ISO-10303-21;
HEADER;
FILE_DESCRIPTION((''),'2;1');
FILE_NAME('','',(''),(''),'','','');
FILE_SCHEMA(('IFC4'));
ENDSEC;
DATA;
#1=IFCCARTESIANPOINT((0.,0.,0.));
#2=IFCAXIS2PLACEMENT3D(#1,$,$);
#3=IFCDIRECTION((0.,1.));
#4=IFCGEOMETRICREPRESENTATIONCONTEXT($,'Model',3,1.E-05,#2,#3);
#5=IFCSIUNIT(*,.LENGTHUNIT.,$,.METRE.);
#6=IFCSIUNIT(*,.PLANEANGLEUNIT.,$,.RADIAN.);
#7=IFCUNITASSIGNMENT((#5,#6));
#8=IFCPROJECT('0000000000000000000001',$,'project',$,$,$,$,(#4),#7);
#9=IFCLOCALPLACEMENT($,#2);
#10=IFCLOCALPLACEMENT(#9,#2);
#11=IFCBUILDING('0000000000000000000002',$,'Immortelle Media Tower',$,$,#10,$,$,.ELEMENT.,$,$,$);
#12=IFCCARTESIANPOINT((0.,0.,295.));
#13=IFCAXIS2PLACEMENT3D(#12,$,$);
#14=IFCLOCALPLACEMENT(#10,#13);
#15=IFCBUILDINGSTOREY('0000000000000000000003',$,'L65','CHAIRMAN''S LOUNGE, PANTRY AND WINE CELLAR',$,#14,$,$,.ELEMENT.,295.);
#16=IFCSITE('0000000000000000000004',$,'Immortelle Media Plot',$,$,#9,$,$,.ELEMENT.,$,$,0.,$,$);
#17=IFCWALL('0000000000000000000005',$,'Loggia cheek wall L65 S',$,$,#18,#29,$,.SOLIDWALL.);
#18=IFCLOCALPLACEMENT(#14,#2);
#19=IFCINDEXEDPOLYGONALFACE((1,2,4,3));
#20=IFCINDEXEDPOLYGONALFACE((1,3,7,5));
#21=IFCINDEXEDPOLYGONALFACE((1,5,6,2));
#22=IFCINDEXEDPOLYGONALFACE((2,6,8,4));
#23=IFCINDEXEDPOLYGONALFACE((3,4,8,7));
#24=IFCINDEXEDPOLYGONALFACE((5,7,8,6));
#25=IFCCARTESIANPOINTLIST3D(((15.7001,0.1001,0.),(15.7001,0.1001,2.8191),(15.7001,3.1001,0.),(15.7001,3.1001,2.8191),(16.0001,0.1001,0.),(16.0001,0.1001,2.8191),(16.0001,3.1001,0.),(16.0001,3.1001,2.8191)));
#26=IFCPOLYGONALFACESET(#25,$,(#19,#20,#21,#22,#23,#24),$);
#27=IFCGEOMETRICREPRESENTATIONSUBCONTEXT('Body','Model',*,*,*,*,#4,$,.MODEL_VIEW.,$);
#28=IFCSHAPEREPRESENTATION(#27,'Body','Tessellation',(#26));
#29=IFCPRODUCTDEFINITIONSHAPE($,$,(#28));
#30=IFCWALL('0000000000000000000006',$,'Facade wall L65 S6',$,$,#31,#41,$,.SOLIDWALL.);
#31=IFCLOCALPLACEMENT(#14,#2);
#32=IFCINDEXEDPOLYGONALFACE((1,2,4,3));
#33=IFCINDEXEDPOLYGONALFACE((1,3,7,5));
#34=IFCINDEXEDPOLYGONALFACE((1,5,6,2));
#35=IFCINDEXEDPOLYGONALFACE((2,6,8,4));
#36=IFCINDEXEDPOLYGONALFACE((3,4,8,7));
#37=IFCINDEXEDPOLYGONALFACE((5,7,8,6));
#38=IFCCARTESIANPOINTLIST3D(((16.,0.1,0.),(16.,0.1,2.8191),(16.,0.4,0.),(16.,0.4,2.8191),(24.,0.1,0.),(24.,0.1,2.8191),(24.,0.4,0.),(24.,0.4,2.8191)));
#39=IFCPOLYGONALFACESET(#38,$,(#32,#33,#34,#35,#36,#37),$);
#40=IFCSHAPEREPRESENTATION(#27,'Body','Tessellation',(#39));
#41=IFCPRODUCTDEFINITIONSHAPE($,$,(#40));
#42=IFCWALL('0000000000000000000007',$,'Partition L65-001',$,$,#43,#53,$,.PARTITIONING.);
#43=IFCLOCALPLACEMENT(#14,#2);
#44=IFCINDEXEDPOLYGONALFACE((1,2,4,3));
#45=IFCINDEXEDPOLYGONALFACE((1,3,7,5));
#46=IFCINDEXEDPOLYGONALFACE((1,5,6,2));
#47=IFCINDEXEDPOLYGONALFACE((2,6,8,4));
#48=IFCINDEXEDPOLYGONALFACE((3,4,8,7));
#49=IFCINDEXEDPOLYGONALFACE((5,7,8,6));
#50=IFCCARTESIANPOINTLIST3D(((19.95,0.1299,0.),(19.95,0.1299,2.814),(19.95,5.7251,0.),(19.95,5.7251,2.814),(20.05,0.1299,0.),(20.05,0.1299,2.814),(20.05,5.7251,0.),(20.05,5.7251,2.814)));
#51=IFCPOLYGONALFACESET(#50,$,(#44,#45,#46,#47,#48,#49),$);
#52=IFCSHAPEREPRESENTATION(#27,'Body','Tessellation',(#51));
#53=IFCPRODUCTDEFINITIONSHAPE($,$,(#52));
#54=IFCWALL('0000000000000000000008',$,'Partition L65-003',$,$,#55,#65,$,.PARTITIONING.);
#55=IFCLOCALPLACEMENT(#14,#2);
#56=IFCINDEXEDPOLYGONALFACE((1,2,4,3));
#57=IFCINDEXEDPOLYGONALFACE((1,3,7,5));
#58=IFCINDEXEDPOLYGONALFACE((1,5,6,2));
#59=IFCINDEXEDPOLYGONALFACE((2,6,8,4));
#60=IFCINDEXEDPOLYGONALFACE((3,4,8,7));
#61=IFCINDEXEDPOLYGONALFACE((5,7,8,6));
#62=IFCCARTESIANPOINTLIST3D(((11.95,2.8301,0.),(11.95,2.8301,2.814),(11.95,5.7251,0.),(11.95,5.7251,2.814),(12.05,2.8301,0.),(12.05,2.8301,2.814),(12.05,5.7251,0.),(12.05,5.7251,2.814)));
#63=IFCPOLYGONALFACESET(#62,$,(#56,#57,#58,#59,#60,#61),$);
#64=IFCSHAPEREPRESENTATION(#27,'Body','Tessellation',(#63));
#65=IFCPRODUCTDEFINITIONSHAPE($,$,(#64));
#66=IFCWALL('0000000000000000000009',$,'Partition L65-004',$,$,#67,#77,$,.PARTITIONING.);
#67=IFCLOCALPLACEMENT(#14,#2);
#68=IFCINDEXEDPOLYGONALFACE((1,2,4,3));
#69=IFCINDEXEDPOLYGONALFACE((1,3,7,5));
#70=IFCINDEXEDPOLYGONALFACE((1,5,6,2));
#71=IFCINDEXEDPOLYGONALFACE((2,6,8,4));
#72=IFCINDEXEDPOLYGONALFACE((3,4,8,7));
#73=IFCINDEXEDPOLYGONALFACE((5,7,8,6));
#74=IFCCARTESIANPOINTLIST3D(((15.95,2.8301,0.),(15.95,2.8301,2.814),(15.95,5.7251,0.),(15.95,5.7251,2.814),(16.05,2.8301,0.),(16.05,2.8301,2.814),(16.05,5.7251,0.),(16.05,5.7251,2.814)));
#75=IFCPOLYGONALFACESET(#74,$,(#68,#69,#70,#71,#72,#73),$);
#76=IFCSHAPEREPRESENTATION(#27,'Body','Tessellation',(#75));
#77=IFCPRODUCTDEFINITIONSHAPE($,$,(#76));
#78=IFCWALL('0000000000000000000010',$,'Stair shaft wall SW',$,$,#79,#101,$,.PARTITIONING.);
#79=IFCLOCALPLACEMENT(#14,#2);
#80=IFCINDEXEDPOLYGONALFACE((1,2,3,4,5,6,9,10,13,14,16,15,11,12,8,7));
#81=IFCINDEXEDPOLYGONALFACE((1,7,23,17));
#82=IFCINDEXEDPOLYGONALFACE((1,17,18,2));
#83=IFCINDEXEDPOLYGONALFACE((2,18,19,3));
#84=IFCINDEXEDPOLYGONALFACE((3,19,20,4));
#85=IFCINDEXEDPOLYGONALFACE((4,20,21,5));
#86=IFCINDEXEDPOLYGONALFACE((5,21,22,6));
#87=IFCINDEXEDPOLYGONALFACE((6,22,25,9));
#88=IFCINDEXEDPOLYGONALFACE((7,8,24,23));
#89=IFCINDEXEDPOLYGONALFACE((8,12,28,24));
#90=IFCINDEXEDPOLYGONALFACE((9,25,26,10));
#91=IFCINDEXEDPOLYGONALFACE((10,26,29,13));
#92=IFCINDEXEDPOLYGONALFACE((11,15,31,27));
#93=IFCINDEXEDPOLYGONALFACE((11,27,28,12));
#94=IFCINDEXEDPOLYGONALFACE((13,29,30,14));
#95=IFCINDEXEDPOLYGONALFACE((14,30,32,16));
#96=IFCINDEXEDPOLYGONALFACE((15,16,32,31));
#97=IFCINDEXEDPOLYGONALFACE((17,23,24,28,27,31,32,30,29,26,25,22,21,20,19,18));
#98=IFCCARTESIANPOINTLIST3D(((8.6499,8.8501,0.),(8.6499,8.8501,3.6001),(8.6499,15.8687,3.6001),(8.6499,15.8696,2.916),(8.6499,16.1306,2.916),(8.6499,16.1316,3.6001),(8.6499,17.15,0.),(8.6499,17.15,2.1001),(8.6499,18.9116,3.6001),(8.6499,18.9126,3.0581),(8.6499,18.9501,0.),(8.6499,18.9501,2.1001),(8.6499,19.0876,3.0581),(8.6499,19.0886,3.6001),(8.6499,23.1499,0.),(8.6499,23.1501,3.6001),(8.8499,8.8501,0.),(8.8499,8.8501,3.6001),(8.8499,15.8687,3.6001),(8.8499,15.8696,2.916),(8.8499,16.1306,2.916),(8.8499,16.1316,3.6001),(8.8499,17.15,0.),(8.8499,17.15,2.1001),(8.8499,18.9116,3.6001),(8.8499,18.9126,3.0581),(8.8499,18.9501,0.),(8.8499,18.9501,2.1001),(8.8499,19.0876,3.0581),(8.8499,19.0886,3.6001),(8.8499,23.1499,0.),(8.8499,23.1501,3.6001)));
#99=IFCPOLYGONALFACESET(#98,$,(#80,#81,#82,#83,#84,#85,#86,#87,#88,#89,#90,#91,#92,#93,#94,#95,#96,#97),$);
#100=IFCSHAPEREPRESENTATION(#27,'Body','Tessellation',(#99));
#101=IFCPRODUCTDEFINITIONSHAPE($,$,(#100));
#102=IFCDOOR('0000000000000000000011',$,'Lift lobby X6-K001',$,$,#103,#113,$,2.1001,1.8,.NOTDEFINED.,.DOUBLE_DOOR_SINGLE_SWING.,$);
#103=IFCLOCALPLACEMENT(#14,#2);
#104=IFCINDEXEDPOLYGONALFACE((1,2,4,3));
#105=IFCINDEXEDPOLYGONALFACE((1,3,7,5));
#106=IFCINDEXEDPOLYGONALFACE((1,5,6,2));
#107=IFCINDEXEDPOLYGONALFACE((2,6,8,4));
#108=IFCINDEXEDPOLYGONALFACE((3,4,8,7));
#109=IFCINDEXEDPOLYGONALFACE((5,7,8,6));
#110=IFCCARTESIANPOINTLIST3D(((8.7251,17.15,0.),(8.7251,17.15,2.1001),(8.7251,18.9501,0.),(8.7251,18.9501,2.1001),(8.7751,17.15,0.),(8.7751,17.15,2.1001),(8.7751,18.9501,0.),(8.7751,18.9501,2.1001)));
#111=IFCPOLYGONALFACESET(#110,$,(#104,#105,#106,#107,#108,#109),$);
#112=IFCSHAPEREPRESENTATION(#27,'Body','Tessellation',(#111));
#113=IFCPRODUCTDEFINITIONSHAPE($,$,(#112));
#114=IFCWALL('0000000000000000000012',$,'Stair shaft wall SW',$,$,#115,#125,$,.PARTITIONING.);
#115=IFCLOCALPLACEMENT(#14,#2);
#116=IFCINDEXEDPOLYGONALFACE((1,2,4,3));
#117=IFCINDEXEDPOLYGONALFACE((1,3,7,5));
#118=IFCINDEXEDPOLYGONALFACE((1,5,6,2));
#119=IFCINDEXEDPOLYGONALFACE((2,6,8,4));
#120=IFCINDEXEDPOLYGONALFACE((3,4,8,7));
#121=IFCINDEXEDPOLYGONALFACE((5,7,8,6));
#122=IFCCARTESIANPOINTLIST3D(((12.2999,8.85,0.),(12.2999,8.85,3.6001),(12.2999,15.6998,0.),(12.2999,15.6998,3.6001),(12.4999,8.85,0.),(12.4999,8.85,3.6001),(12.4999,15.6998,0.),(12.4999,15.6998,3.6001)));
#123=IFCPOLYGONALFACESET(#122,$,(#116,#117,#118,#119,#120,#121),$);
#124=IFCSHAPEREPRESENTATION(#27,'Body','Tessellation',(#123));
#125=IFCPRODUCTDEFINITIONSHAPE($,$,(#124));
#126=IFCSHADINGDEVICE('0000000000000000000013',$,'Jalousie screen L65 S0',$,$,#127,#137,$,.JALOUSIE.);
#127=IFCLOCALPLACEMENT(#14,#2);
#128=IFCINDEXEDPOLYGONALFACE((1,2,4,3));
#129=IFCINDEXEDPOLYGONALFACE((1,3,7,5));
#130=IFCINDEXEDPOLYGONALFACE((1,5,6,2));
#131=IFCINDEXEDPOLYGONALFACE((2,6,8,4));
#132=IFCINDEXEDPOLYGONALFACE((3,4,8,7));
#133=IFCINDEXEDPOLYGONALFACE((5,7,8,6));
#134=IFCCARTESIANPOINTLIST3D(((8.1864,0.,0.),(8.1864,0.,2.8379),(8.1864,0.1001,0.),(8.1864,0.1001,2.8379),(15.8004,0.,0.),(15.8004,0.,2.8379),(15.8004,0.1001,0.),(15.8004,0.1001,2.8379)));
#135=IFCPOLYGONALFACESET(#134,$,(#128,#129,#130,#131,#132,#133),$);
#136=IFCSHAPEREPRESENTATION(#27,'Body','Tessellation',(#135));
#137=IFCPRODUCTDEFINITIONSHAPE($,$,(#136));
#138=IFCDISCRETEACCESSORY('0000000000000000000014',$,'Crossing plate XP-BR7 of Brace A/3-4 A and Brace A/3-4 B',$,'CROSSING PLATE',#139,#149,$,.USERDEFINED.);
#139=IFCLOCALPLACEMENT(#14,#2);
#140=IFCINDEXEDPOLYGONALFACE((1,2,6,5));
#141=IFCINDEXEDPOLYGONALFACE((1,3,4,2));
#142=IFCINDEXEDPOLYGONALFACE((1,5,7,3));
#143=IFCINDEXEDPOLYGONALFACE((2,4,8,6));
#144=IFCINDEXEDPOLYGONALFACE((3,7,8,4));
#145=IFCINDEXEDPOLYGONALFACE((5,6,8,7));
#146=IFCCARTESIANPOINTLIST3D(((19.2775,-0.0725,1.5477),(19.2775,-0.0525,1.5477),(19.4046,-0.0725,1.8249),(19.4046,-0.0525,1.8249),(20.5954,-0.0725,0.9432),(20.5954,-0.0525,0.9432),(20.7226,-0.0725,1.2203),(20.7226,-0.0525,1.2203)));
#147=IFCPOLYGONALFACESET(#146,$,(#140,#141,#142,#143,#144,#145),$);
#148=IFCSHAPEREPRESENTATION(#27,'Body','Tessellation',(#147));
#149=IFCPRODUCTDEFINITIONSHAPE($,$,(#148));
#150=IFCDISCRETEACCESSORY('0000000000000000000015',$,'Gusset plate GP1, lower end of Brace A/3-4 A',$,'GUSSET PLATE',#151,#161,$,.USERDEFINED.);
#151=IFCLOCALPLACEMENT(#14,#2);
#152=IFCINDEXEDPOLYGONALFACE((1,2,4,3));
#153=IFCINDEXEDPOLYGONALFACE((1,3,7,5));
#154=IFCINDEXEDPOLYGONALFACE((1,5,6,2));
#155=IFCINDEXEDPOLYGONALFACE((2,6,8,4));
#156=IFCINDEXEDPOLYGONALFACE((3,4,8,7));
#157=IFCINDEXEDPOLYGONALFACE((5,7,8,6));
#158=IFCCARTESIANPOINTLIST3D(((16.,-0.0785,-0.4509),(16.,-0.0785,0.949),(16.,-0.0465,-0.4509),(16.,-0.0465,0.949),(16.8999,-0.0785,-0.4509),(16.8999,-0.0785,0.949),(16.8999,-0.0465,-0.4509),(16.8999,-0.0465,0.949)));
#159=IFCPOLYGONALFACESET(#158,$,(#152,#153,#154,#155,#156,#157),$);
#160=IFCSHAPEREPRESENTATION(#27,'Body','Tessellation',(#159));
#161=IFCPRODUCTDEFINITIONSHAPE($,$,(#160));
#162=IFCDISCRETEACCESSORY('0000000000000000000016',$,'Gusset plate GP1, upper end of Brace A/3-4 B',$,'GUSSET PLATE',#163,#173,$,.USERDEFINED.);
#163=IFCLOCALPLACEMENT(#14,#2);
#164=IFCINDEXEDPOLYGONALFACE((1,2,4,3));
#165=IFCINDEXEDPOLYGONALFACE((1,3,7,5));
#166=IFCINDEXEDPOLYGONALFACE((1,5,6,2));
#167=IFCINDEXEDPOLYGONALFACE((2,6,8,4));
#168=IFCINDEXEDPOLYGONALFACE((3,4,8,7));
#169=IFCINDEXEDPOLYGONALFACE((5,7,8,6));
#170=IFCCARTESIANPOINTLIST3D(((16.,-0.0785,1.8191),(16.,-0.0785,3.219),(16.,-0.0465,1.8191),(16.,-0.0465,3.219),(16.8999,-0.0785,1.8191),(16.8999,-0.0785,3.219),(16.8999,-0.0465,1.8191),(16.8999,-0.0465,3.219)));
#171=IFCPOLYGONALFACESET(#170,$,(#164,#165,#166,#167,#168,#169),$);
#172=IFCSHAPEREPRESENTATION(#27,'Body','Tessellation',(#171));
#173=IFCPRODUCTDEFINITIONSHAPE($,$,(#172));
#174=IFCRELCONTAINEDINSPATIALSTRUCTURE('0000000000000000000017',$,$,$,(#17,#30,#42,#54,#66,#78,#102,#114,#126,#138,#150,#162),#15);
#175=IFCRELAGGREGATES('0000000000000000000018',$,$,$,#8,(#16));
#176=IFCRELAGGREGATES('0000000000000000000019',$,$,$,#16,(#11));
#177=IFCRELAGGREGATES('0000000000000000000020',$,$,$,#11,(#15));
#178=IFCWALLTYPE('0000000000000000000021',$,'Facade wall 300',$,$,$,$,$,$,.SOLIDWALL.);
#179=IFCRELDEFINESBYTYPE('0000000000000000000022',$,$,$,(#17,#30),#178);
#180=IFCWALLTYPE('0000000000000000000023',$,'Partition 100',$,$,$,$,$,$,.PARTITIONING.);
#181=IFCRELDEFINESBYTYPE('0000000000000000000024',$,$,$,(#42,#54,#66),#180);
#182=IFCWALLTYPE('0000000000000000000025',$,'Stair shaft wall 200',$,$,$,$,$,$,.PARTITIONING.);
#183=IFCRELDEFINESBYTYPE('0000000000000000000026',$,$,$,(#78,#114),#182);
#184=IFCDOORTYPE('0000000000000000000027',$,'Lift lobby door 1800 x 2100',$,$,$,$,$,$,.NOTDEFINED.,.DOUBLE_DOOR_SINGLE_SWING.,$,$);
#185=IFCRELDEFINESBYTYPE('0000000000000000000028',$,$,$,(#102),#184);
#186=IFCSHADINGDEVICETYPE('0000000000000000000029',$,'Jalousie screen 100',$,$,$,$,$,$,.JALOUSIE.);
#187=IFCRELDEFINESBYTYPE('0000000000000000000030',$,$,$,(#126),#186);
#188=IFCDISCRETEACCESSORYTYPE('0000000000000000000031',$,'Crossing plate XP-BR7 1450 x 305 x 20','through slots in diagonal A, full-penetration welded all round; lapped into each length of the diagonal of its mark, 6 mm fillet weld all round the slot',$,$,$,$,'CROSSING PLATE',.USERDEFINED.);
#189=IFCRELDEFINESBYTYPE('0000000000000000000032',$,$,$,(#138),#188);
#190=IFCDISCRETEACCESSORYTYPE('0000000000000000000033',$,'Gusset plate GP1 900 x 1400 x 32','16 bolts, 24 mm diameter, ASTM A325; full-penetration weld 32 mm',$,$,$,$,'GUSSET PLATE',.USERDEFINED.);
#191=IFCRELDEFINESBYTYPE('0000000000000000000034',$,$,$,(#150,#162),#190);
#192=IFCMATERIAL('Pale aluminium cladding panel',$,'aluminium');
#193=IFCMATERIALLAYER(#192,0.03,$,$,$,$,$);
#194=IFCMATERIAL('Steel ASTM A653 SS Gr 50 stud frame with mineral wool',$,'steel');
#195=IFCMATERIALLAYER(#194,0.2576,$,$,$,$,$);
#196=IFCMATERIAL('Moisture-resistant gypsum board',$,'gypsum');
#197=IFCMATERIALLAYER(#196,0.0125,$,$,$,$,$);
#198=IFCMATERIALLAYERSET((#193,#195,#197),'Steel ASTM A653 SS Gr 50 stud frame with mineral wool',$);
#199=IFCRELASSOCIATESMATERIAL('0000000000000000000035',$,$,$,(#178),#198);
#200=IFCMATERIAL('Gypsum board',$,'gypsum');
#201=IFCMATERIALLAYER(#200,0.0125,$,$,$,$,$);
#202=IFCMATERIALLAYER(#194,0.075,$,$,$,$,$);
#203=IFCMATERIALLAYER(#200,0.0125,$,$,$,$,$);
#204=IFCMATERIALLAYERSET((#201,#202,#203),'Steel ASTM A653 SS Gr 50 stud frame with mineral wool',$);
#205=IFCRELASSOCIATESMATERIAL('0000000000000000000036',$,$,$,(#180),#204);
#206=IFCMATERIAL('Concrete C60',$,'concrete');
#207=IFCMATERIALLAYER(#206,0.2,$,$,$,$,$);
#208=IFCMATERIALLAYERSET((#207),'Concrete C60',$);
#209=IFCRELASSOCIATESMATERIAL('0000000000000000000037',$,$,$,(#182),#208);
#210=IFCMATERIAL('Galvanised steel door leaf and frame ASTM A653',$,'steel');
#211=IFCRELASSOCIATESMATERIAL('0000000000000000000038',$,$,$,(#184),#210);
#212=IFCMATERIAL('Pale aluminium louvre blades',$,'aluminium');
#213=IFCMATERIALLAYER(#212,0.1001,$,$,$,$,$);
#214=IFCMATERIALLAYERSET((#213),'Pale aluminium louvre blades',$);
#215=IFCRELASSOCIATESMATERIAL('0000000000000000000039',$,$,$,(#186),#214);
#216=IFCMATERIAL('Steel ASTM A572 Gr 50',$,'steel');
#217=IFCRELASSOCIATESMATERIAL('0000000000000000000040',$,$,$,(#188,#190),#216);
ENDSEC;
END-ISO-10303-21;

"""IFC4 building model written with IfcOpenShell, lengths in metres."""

from ifc_helpers import new_model, si_unit, direction, frame, frame_2d, origin, origin_2d, place, context, subcontext, project, spatial, polyline, rectangle, outline, extrude, material, layer, layer_set, material_profile, profile_set, type_object, element, fill, save


model = new_model("IFC4")

# Units and contexts
model_context = context("Model", 3, precision=1e-05, world=origin(), true_north=direction((0.0, 1.0)))
body_context = subcontext(model_context, "Body", "Model", "MODEL_VIEW")
ifc_project = project(units=[si_unit("LENGTHUNIT", "METRE"), si_unit("PLANEANGLEUNIT", "RADIAN")], contexts=[model_context])

# Site, building, storey
site_placement = place(None, origin())
site = spatial("IfcSite", under=ifc_project, at=site_placement, Name="Immortelle Media Plot", CompositionType="ELEMENT", RefElevation=0.0)
building_placement = place(site_placement, origin())
building = spatial("IfcBuilding", under=site, at=building_placement, Name="Immortelle Media Tower", CompositionType="ELEMENT")
storey_placement = place(building_placement, frame((0.0, 0.0, 295.0)))
storey = spatial("IfcBuildingStorey", under=building, at=storey_placement, Name="L65", Description="CHAIRMAN'S LOUNGE, PANTRY AND WINE CELLAR", CompositionType="ELEMENT", Elevation=295.0)

# Walls
ifc_material_1 = material(Name="Pale aluminium cladding panel", Category="aluminium")
ifc_layer_1 = layer(ifc_material_1, 0.03)
ifc_material_2 = material(Name="Steel ASTM A653 SS Gr 50 stud frame with mineral wool", Category="steel")
ifc_layer_2 = layer(ifc_material_2, 0.2576)
ifc_material_3 = material(Name="Moisture-resistant gypsum board", Category="gypsum")
ifc_layer_3 = layer(ifc_material_3, 0.0125)
ifc_layer_set_1 = layer_set([ifc_layer_1, ifc_layer_2, ifc_layer_3], Name="Steel ASTM A653 SS Gr 50 stud frame with mineral wool")
wall_type_1 = type_object("IfcWallType", Name="Facade wall 300", PredefinedType="SOLIDWALL", material=ifc_layer_set_1)
wall_1_placement = place(storey_placement, frame((15.8501, 0.1001, 0.0), z_axis=(0.0, 0.0, 1.0), x_axis=(0.0, 1.0, 0.0)))
element("IfcWall", 1, at=wall_1_placement, inside=storey, type_object=wall_type_1, Name="Loggia cheek wall L65 S", PredefinedType="SOLIDWALL", context=body_context, shape_type="SweptSolid", body=[
    extrude(rectangle(XDim=3.0, YDim=0.3, at=frame_2d((1.5, 0.0))), origin(), (0.0, 0.0, 1.0), 2.8191),
])
wall_2_placement = place(storey_placement, frame((16.0, 0.25, 0.0), z_axis=(0.0, 0.0, 1.0), x_axis=(1.0, 0.0, 0.0)))
element("IfcWall", 2, at=wall_2_placement, inside=storey, type_object=wall_type_1, Name="Facade wall L65 S6", PredefinedType="SOLIDWALL", context=body_context, shape_type="SweptSolid", body=[
    extrude(rectangle(XDim=8.0, YDim=0.3, at=frame_2d((4.0, 0.0))), origin(), (0.0, 0.0, 1.0), 2.8191),
])
ifc_material_4 = material(Name="Gypsum board", Category="gypsum")
ifc_layer_4 = layer(ifc_material_4, 0.0125)
ifc_layer_5 = layer(ifc_material_2, 0.075)
ifc_layer_6 = layer(ifc_material_4, 0.0125)
ifc_layer_set_2 = layer_set([ifc_layer_4, ifc_layer_5, ifc_layer_6], Name="Steel ASTM A653 SS Gr 50 stud frame with mineral wool")
wall_type_2 = type_object("IfcWallType", Name="Partition 100", PredefinedType="PARTITIONING", material=ifc_layer_set_2)
wall_3_placement = place(storey_placement, frame((20.0, 0.1299, 0.0), z_axis=(0.0, 0.0, 1.0), x_axis=(0.0, 1.0, 0.0)))
element("IfcWall", 3, at=wall_3_placement, inside=storey, type_object=wall_type_2, Name="Partition L65-001", PredefinedType="PARTITIONING", context=body_context, shape_type="SweptSolid", body=[
    extrude(rectangle(XDim=5.5952, YDim=0.1001, at=frame_2d((2.7976, 0.0))), origin(), (0.0, 0.0, 1.0), 2.814),
])
for number, where, z_axis, x_axis, name in (
    (4, (12.0, 2.8301, 0.0), (0.0, 0.0, 1.0), (0.0, 1.0, 0.0), "Partition L65-003"),
    (5, (16.0, 2.8301, 0.0), (0.0, 0.0, 1.0), (0.0, 1.0, 0.0), "Partition L65-004"),
):
    element("IfcWall", number, at=place(storey_placement, frame(where, z_axis=z_axis, x_axis=x_axis)), inside=storey, type_object=wall_type_2, Name=name, PredefinedType="PARTITIONING", context=body_context, shape_type="SweptSolid", body=[
        extrude(rectangle(XDim=2.895, YDim=0.1001, at=frame_2d((1.4475, 0.0))), origin(), (0.0, 0.0, 1.0), 2.814),
    ])

# Wall, opening, door
ifc_material_5 = material(Name="Concrete C60", Category="concrete")
ifc_layer_7 = layer(ifc_material_5, 0.2)
ifc_layer_set_3 = layer_set([ifc_layer_7], Name="Concrete C60")
wall_type_3 = type_object("IfcWallType", Name="Stair shaft wall 200", PredefinedType="PARTITIONING", material=ifc_layer_set_3)
wall_4_placement = place(storey_placement, frame((8.75, 8.8501, 0.0), z_axis=(0.0, 0.0, 1.0), x_axis=(0.0, 1.0, 0.0)))
wall_4 = element("IfcWall", 6, at=wall_4_placement, inside=storey, type_object=wall_type_3, Name="Stair shaft wall SW", PredefinedType="PARTITIONING", context=body_context, shape_type="SweptSolid", body=[
    extrude(outline(polyline([(0.0, 0.0), (14.2998, 0.0), (14.3, 3.6001), (10.2385, 3.6001), (10.2375, 3.0581), (10.0625, 3.0581), (10.0615, 3.6001), (7.2815, 3.6001), (7.2805, 2.916), (7.0195, 2.916), (7.0186, 3.6001), (0.0, 3.6001), (0.0, 0.0)])), frame((0.0, 0.1001, 0.0), z_axis=(0.0, -1.0, 0.0), x_axis=(1.0, 0.0, 0.0)), (0.0, 0.0, 1.0), 0.2),
])
opening_placement = place(wall_4_placement, frame((8.3, 0.0, 0.0)))
opening = element("IfcOpeningElement", 7, at=opening_placement, cuts=wall_4, PredefinedType="OPENING", context=body_context, shape_type="SweptSolid", body=[
    extrude(rectangle(XDim=1.8, YDim=2.1001, at=frame_2d((0.8999, 1.05))), frame((0.0, 0.1099, 0.0), z_axis=(0.0, -1.0, 0.0), x_axis=(1.0, 0.0, 0.0)), (0.0, 0.0, 1.0), 0.22),
])
ifc_material_6 = material(Name="Galvanised steel door leaf and frame ASTM A653", Category="steel")
door_type = type_object("IfcDoorType", Name="Lift lobby door 1800 x 2100", OperationType="DOUBLE_DOOR_SINGLE_SWING", PredefinedType="NOTDEFINED", material=ifc_material_6)
door_placement = place(opening_placement, origin())
door = element("IfcDoor", 8, at=door_placement, inside=storey, type_object=door_type, Name="Lift lobby X6-K001", OperationType="DOUBLE_DOOR_SINGLE_SWING", OverallHeight=2.1001, OverallWidth=1.8, PredefinedType="NOTDEFINED", context=body_context, shape_type="SweptSolid", body=[
    extrude(rectangle(XDim=1.8, YDim=2.1001, at=frame_2d((0.8999, 1.05))), frame((0.0, 0.0249, 0.0), z_axis=(0.0, -1.0, 0.0), x_axis=(1.0, 0.0, 0.0)), (0.0, 0.0, 1.0), 0.05),
])
fill(opening, door)

# Wall
wall_5_placement = place(storey_placement, frame((12.3999, 8.8501, 0.0), z_axis=(0.0, 0.0, 1.0), x_axis=(0.0, 1.0, 0.0)))
element("IfcWall", 9, at=wall_5_placement, inside=storey, type_object=wall_type_3, Name="Stair shaft wall SW", PredefinedType="PARTITIONING", context=body_context, shape_type="SweptSolid", body=[
    extrude(rectangle(XDim=6.8499, YDim=0.2, at=frame_2d((3.4248, 0.0))), origin(), (0.0, 0.0, 1.0), 3.6001),
])

# Shading device
ifc_material_7 = material(Name="Pale aluminium louvre blades", Category="aluminium")
ifc_layer_8 = layer(ifc_material_7, 0.1001)
ifc_layer_set_4 = layer_set([ifc_layer_8], Name="Pale aluminium louvre blades")
shading_device_type = type_object("IfcShadingDeviceType", Name="Jalousie screen 100", PredefinedType="JALOUSIE", material=ifc_layer_set_4)
shading_device_placement = place(storey_placement, frame((11.9934, 0.05, 0.0), z_axis=(0.0, 0.0, 1.0), x_axis=(1.0, 0.0, 0.0)))
element("IfcShadingDevice", 10, at=shading_device_placement, inside=storey, type_object=shading_device_type, Name="Jalousie screen L65 S0", PredefinedType="JALOUSIE", context=body_context, shape_type="SweptSolid", body=[
    extrude(rectangle(XDim=7.614, YDim=0.1001, at=origin_2d()), origin(), (0.0, 0.0, 1.0), 2.8379),
])

# Discrete accessories
ifc_material_8 = material(Name="Steel ASTM A572 Gr 50", Category="steel")
ifc_material_profile_1 = material_profile(ifc_material_8, rectangle(XDim=0.02, YDim=0.3049, at=origin_2d()), Name="PL 20 x 305")
ifc_profile_set_1 = profile_set([ifc_material_profile_1], Name="Steel ASTM A572 Gr 50")
discrete_accessory_type_1 = type_object("IfcDiscreteAccessoryType", Name="Crossing plate XP-BR7 1450 x 305 x 20", Description="through slots in diagonal A, full-penetration welded all round; lapped into each length of the diagonal of its mark, 6 mm fillet weld all round the slot", ElementType="CROSSING PLATE", PredefinedType="USERDEFINED", material=ifc_profile_set_1)
discrete_accessory_placement = place(storey_placement, frame((19.3411, -0.0625, 1.6863), z_axis=(0.908943, 0.0, -0.416921), x_axis=(0.0, 1.0, 0.0)))
element("IfcDiscreteAccessory", 11, at=discrete_accessory_placement, inside=storey, type_object=discrete_accessory_type_1, Name="Crossing plate XP-BR7 of Brace A/3-4 A and Brace A/3-4 B", ObjectType="CROSSING PLATE", PredefinedType="USERDEFINED", context=body_context, shape_type="SweptSolid", body=[
    extrude(rectangle(XDim=0.02, YDim=0.3049, at=origin_2d()), origin(), (0.0, 0.0, 1.0), 1.45),
])
ifc_material_profile_2 = material_profile(ifc_material_8, rectangle(XDim=0.032, YDim=1.3999, at=origin_2d()), Name="PL 32 x 1400")
ifc_profile_set_2 = profile_set([ifc_material_profile_2], Name="Steel ASTM A572 Gr 50")
discrete_accessory_type_2 = type_object("IfcDiscreteAccessoryType", Name="Gusset plate GP1 900 x 1400 x 32", Description="16 bolts, 24 mm diameter, ASTM A325; full-penetration weld 32 mm", ElementType="GUSSET PLATE", PredefinedType="USERDEFINED", material=ifc_profile_set_2)
for number, where, z_axis, x_axis, name in (
    (12, (16.0, -0.0625, 0.249), (1.0, 0.0, 0.0), (0.0, 1.0, 0.0), "Gusset plate GP1, lower end of Brace A/3-4 A"),
    (13, (16.0, -0.0625, 2.519), (1.0, 0.0, 0.0), (0.0, 1.0, 0.0), "Gusset plate GP1, upper end of Brace A/3-4 B"),
):
    element("IfcDiscreteAccessory", number, at=place(storey_placement, frame(where, z_axis=z_axis, x_axis=x_axis)), inside=storey, type_object=discrete_accessory_type_2, Name=name, ObjectType="GUSSET PLATE", PredefinedType="USERDEFINED", context=body_context, shape_type="SweptSolid", body=[
        extrude(rectangle(XDim=0.032, YDim=1.3999, at=origin_2d()), origin(), (0.0, 0.0, 1.0), 0.8999),
    ])

save(model, "model.ifc")
